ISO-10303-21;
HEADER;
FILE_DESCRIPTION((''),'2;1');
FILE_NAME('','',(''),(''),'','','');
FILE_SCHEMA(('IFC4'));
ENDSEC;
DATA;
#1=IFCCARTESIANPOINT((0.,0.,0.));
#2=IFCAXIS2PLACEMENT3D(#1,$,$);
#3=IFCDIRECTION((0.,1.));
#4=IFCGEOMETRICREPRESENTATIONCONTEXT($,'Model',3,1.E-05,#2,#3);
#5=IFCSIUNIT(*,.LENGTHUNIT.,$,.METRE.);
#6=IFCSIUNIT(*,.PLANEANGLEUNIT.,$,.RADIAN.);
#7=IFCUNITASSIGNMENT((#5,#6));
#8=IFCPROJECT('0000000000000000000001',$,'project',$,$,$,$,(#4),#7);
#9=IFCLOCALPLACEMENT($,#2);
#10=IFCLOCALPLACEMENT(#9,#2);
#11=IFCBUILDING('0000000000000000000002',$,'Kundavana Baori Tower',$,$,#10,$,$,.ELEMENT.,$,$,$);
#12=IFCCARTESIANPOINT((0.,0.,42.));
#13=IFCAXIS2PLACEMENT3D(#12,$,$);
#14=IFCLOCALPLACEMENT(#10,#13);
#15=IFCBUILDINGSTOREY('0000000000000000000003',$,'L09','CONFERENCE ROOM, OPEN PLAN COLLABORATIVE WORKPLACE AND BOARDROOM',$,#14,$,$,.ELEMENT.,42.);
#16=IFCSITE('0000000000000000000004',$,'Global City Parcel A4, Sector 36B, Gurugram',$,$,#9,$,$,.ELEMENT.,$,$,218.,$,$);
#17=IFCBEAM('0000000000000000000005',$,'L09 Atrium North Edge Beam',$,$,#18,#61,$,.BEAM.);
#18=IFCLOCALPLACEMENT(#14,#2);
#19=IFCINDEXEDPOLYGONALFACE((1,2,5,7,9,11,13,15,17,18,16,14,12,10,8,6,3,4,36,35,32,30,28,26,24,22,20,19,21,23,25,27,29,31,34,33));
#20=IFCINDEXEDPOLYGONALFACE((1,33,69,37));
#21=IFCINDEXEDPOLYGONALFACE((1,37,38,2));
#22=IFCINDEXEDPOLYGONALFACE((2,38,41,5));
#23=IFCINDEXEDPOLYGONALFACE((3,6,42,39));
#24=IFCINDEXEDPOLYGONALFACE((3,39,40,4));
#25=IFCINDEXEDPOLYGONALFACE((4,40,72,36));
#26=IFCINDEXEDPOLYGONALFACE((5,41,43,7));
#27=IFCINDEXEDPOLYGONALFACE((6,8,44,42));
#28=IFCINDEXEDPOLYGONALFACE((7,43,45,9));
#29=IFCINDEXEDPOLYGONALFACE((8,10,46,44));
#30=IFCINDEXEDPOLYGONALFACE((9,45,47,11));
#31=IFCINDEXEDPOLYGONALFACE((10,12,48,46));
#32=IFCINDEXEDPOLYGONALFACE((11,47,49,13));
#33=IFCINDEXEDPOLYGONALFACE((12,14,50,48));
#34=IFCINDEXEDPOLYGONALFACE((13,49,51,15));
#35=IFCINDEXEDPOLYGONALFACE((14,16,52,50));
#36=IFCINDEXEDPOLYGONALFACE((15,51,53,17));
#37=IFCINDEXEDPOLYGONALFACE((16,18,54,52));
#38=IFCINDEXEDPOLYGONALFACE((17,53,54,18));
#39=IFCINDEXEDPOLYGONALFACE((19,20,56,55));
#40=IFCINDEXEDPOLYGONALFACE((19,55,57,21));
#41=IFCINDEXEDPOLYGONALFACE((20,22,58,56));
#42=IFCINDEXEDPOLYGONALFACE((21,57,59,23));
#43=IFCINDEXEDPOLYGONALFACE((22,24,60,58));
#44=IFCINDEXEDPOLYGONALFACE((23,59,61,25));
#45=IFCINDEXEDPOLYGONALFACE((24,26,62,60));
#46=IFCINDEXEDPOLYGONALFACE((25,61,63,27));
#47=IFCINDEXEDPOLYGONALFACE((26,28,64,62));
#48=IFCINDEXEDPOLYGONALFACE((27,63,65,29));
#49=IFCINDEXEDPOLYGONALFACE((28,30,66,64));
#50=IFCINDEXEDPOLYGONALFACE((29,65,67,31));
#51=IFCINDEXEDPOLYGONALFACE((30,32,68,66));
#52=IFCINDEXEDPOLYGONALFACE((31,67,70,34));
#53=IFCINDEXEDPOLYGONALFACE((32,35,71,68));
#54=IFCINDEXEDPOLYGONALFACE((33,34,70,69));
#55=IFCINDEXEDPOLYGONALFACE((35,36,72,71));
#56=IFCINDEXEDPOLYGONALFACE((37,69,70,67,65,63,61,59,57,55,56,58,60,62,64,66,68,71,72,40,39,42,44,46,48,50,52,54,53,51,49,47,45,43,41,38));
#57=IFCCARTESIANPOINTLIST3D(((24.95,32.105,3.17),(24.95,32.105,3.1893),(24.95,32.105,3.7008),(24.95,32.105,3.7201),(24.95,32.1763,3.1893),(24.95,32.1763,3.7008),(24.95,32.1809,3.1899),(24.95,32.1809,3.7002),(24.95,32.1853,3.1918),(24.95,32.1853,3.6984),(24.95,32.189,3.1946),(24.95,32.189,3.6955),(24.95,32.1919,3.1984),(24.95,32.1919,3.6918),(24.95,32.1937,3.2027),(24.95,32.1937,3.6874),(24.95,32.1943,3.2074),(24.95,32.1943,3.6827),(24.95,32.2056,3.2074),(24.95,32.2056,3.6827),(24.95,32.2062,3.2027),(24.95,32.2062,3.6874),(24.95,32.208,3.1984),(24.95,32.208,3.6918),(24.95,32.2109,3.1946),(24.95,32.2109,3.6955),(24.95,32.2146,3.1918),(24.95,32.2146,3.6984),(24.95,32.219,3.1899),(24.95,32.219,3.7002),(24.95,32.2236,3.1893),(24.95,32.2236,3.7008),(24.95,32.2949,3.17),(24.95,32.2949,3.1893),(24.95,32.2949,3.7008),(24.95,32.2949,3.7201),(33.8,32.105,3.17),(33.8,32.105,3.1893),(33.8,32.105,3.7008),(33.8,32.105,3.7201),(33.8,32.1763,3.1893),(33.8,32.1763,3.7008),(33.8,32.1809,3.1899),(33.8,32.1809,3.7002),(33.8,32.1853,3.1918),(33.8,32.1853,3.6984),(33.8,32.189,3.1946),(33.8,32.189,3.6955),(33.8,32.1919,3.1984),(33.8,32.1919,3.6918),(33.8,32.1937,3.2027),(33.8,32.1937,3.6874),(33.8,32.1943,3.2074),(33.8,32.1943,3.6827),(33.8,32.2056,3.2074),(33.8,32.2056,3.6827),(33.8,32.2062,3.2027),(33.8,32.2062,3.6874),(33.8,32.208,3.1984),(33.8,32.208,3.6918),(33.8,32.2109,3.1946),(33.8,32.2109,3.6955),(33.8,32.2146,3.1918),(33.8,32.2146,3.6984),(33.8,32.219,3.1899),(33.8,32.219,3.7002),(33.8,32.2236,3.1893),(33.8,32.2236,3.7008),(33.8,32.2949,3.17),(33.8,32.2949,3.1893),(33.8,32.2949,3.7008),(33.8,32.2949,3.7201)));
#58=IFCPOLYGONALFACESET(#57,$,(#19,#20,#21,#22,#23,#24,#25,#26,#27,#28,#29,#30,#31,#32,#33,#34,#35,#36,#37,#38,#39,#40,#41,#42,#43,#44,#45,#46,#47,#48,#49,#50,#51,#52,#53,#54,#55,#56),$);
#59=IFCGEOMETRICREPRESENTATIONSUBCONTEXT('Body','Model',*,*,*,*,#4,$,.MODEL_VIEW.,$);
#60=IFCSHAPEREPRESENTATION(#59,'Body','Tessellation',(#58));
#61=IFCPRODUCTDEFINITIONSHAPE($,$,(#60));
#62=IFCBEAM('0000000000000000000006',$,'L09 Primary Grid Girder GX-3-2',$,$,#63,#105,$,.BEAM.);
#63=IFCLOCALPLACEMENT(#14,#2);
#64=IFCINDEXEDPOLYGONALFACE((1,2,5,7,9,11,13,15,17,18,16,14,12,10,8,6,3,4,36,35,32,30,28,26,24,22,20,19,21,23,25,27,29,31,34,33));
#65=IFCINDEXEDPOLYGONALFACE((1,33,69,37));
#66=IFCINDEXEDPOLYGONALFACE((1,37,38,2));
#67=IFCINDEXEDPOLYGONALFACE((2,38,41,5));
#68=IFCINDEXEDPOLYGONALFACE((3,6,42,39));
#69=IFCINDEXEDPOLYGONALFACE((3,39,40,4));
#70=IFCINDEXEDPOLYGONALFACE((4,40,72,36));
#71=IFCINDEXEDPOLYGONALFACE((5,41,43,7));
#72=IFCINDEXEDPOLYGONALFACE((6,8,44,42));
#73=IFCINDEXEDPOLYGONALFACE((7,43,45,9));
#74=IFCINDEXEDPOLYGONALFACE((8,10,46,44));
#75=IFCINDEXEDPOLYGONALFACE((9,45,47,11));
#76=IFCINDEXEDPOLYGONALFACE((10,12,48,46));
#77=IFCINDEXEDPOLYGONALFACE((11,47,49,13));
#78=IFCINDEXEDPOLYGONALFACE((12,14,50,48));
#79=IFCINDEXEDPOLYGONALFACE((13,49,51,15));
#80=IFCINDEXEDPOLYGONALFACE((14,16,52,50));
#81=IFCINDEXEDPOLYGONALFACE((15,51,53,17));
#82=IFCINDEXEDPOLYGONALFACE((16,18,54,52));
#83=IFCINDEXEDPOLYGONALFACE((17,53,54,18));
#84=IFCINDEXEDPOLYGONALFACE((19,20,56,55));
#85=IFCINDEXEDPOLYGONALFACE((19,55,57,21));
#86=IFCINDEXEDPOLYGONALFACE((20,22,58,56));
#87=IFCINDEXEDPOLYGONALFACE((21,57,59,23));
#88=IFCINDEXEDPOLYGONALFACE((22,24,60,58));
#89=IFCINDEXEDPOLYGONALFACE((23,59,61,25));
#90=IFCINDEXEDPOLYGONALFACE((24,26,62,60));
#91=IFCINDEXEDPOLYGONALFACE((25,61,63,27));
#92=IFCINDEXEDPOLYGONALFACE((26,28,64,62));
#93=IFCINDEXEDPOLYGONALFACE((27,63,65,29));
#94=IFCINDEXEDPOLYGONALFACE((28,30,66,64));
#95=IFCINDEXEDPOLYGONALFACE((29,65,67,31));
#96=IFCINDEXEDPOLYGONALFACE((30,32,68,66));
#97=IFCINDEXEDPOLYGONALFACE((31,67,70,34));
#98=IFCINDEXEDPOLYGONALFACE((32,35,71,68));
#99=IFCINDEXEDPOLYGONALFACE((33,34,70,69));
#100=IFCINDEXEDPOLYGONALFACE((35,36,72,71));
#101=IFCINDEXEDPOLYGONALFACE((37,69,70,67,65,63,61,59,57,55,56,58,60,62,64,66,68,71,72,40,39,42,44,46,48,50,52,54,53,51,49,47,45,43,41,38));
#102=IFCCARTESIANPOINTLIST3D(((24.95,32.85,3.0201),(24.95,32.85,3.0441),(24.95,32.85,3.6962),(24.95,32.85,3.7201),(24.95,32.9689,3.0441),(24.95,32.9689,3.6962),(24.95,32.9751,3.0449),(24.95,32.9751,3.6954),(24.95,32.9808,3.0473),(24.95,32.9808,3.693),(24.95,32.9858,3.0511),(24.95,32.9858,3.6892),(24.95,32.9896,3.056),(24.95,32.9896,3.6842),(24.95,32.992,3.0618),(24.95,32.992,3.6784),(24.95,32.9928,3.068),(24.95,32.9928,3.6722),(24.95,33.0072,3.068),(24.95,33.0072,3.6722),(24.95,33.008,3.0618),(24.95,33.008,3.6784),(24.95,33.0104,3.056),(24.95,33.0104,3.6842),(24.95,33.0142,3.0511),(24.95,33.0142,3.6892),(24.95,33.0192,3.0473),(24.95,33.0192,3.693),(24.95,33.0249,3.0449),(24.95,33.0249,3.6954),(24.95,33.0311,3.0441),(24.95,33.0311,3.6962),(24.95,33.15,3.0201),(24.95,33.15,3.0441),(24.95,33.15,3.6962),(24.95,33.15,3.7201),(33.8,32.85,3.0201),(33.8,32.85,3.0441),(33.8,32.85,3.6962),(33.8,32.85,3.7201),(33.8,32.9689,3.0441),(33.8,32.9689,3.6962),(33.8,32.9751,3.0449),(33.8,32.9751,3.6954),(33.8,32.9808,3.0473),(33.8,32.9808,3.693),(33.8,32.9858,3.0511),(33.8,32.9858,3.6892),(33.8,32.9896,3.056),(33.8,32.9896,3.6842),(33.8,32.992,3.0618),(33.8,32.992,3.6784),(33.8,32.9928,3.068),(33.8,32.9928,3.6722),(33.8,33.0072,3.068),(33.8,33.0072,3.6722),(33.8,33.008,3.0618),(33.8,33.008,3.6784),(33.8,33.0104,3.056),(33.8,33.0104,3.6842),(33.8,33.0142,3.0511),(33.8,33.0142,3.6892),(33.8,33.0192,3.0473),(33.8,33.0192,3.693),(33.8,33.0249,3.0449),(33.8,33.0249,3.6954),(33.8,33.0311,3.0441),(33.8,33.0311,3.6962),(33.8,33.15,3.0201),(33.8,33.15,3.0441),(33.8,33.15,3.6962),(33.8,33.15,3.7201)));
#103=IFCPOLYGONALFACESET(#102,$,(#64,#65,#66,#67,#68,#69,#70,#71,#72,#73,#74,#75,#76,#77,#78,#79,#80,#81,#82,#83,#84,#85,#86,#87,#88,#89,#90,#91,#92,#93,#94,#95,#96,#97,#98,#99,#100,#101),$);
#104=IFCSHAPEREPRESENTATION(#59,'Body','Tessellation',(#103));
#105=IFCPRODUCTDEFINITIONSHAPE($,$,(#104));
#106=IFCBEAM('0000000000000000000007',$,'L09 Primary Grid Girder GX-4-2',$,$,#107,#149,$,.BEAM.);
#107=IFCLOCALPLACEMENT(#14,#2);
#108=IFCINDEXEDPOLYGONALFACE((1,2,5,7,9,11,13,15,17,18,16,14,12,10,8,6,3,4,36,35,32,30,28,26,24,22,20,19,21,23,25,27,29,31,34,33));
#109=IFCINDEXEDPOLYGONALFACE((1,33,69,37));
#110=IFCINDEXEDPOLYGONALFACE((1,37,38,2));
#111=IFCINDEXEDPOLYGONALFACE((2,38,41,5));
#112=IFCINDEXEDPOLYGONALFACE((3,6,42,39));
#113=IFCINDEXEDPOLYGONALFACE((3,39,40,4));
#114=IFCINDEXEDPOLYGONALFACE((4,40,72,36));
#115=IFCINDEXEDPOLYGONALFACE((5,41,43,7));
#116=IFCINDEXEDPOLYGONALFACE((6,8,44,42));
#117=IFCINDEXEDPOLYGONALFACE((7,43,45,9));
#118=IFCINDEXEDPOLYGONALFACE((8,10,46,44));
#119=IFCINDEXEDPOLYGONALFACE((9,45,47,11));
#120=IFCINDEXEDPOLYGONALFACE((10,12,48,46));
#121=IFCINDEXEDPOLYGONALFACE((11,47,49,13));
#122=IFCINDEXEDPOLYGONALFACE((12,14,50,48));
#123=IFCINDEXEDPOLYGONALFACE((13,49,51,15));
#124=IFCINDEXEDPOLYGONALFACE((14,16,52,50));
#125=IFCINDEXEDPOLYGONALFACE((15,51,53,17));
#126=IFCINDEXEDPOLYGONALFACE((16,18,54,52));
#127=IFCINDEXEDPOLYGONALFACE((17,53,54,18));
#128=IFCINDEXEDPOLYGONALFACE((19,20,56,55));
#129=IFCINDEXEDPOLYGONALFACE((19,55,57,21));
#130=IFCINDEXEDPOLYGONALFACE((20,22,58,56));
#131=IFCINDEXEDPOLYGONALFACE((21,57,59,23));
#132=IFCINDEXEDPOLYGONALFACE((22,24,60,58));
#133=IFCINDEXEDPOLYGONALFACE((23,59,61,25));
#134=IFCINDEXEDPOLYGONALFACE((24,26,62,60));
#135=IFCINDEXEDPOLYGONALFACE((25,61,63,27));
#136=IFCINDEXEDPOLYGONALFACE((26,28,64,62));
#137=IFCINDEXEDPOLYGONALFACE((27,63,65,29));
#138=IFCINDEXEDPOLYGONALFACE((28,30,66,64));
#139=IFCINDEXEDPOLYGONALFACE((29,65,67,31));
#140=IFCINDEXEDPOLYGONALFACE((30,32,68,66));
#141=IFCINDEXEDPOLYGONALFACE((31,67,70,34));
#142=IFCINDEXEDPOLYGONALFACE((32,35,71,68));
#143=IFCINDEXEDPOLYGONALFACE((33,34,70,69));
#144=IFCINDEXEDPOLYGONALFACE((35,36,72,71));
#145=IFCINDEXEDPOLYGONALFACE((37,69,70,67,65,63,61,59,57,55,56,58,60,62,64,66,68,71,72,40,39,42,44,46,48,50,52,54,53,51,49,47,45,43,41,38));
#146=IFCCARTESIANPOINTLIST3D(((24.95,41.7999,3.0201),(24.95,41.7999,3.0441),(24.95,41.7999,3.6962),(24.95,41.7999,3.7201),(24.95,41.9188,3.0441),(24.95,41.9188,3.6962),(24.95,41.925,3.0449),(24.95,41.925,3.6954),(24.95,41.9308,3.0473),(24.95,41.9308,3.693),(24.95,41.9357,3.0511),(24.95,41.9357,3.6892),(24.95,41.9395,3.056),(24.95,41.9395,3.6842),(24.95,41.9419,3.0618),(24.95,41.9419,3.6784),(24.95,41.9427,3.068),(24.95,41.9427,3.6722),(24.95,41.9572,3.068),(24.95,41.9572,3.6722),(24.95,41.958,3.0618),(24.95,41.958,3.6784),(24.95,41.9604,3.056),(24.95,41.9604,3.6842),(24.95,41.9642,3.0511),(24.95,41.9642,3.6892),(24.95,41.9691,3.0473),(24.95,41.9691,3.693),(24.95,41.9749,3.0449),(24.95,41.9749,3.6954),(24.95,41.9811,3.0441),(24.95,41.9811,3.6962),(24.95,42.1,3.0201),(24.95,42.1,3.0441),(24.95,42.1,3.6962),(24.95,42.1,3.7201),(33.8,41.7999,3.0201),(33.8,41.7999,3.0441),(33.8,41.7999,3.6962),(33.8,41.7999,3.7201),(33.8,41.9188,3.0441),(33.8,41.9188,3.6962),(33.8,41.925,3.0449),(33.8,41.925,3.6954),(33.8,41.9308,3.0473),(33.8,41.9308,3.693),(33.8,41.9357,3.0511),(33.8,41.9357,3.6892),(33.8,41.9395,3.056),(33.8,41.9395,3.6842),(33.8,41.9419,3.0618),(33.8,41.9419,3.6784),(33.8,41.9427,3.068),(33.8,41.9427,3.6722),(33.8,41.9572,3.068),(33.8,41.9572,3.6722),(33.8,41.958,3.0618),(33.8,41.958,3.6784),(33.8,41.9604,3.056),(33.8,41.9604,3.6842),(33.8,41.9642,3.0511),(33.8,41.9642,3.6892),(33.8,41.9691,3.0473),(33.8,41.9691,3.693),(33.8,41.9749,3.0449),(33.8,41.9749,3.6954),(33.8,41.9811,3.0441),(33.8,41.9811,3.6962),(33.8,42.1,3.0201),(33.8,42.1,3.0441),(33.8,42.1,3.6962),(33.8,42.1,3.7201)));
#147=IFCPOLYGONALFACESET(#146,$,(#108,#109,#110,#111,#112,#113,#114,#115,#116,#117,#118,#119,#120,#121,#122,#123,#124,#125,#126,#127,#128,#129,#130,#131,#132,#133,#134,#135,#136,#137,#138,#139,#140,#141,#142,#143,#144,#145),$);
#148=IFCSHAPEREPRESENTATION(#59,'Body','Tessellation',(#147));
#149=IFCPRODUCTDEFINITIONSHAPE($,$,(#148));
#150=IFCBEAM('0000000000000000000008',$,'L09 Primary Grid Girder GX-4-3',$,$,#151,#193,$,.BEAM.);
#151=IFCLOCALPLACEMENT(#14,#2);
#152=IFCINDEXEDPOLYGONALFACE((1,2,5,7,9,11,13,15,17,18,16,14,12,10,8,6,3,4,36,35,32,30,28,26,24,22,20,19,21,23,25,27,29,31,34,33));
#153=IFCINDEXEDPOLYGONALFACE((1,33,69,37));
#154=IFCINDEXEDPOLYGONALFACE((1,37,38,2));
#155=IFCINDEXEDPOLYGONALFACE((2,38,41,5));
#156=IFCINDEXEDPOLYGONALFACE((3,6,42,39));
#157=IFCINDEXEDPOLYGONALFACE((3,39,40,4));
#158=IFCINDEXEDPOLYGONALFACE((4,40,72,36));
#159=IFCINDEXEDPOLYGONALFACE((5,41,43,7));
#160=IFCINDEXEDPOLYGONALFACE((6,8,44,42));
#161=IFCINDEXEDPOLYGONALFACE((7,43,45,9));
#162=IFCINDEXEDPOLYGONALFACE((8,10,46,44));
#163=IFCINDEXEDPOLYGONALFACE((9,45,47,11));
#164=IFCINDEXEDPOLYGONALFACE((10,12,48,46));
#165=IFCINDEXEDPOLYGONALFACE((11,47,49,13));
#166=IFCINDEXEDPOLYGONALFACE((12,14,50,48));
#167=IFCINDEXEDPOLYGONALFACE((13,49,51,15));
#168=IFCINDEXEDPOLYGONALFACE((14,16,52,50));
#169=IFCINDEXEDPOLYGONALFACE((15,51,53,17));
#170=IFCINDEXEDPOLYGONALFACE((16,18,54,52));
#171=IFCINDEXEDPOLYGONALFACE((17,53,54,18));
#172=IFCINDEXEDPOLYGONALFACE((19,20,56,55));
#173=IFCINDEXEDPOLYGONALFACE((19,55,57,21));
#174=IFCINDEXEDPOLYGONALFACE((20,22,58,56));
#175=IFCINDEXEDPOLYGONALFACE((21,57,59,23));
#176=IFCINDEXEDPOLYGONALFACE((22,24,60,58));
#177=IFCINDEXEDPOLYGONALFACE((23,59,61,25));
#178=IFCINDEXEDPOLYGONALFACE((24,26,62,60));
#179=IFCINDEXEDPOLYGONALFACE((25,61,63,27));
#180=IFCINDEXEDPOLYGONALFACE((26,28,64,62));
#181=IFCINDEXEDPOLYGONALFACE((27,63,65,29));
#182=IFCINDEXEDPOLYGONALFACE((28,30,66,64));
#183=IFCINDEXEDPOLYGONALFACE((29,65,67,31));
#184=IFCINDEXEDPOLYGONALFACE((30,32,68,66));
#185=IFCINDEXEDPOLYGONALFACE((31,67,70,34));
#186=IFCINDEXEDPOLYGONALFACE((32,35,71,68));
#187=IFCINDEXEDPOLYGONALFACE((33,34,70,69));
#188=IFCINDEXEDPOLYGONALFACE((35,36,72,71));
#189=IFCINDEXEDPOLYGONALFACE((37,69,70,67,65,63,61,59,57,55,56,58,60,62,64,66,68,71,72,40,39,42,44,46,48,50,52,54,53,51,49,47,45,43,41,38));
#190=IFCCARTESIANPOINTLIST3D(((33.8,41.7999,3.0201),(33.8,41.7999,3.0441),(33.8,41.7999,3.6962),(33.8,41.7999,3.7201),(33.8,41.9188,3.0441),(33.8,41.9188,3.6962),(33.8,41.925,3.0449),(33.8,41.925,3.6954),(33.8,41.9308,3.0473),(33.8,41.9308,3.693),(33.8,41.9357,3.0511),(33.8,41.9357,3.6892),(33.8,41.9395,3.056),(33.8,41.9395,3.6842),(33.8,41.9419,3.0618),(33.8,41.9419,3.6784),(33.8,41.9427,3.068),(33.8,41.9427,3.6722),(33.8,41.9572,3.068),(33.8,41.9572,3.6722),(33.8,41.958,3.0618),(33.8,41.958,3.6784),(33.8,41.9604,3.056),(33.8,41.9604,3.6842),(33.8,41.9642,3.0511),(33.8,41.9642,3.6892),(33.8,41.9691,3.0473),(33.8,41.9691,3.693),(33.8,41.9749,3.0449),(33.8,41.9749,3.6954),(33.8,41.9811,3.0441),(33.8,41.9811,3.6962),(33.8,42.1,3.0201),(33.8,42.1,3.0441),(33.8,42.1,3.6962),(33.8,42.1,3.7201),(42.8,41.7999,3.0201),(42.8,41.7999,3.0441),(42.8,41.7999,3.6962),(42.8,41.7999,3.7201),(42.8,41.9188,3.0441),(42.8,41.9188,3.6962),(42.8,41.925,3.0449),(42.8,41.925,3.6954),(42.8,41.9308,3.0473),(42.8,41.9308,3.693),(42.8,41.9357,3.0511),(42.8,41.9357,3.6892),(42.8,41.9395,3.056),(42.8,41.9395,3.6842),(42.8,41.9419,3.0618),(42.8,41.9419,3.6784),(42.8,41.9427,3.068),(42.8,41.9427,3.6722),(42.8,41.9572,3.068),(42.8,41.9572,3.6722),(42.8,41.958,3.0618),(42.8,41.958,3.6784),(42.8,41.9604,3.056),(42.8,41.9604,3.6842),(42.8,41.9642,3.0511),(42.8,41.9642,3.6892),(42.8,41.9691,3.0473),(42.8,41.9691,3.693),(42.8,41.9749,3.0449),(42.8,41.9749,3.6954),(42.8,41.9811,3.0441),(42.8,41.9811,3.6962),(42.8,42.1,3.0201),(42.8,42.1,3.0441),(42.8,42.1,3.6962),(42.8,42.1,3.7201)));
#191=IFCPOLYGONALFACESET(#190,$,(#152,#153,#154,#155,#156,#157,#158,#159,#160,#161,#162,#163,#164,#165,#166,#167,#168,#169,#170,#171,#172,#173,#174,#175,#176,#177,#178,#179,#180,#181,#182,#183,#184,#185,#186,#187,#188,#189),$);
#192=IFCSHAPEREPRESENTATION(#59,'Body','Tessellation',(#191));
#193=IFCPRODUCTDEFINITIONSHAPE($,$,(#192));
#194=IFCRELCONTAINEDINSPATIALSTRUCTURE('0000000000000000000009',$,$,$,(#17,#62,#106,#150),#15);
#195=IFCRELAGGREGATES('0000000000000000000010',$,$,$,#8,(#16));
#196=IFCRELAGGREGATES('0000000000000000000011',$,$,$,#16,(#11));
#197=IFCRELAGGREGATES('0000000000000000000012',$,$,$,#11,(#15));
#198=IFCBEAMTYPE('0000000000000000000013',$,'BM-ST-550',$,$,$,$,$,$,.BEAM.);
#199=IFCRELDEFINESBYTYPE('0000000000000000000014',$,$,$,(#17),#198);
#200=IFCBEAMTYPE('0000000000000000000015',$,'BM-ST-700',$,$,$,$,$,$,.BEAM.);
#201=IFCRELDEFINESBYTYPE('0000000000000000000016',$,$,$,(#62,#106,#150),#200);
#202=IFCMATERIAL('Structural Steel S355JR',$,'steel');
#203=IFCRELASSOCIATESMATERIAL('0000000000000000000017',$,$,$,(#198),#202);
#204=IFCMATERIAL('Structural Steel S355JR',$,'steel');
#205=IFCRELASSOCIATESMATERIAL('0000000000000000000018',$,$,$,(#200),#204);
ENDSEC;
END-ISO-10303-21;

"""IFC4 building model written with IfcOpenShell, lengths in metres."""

from ifc_helpers import new_model, si_unit, direction, frame, origin, origin_2d, place, context, subcontext, project, spatial, i_section, extrude, material, material_profile, profile_set, type_object, element, save


model = new_model("IFC4")

# Units and contexts
model_context = context("Model", 3, precision=1e-05, world=origin(), true_north=direction((0.0, 1.0)))
body_context = subcontext(model_context, "Body", "Model", "MODEL_VIEW")
ifc_project = project(units=[si_unit("LENGTHUNIT", "METRE"), si_unit("PLANEANGLEUNIT", "RADIAN")], contexts=[model_context])

# Site, building, storey
site_placement = place(None, origin())
site = spatial("IfcSite", under=ifc_project, at=site_placement, Name="Global City Parcel A4, Sector 36B, Gurugram", CompositionType="ELEMENT", RefElevation=218.0)
building_placement = place(site_placement, origin())
building = spatial("IfcBuilding", under=site, at=building_placement, Name="Kundavana Baori Tower", CompositionType="ELEMENT")
storey_placement = place(building_placement, frame((0.0, 0.0, 42.0)))
storey = spatial("IfcBuildingStorey", under=building, at=storey_placement, Name="L09", Description="CONFERENCE ROOM, OPEN PLAN COLLABORATIVE WORKPLACE AND BOARDROOM", CompositionType="ELEMENT", Elevation=42.0)

# Beams
ifc_material_1 = material(Name="Structural Steel S355JR", Category="steel")
ifc_material_profile_1 = material_profile(ifc_material_1, i_section(OverallWidth=0.1899, OverallDepth=0.55, WebThickness=0.0112, FlangeThickness=0.0193, FilletRadius=0.0181, at=origin_2d()), Name="ISMB 550")
ifc_profile_set_1 = profile_set([ifc_material_profile_1], Name="Structural Steel S355JR")
beam_type_1 = type_object("IfcBeamType", Name="BM-ST-550", PredefinedType="BEAM", material=ifc_profile_set_1)
beam_1_placement = place(storey_placement, frame((24.95, 32.2, 3.4451), z_axis=(1.0, 0.0, 0.0), x_axis=(0.0, 1.0, 0.0)))
element("IfcBeam", 1, at=beam_1_placement, inside=storey, type_object=beam_type_1, Name="L09 Atrium North Edge Beam", PredefinedType="BEAM", context=body_context, shape_type="SweptSolid", body=[
    extrude(i_section(OverallWidth=0.1899, OverallDepth=0.55, WebThickness=0.0112, FlangeThickness=0.0193, FilletRadius=0.0181, at=origin_2d()), origin(), (0.0, 0.0, 1.0), 8.8501),
])
ifc_material_2 = material(Name="Structural Steel S355JR", Category="steel")
ifc_material_profile_2 = material_profile(ifc_material_2, i_section(OverallWidth=0.3, OverallDepth=0.7, WebThickness=0.0144, FlangeThickness=0.0239, FilletRadius=0.0239, at=origin_2d()), Name="NPB 700x300x170")
ifc_profile_set_2 = profile_set([ifc_material_profile_2], Name="Structural Steel S355JR")
beam_type_2 = type_object("IfcBeamType", Name="BM-ST-700", PredefinedType="BEAM", material=ifc_profile_set_2)
for number, where, z_axis, x_axis, name in (
    (2, (24.95, 33.0, 3.3701), (1.0, 0.0, 0.0), (0.0, 1.0, 0.0), "L09 Primary Grid Girder GX-3-2"),
    (3, (24.95, 41.95, 3.3701), (1.0, 0.0, 0.0), (0.0, 1.0, 0.0), "L09 Primary Grid Girder GX-4-2"),
):
    element("IfcBeam", number, at=place(storey_placement, frame(where, z_axis=z_axis, x_axis=x_axis)), inside=storey, type_object=beam_type_2, Name=name, PredefinedType="BEAM", context=body_context, shape_type="SweptSolid", body=[
        extrude(i_section(OverallWidth=0.3, OverallDepth=0.7, WebThickness=0.0144, FlangeThickness=0.0239, FilletRadius=0.0239, at=origin_2d()), origin(), (0.0, 0.0, 1.0), 8.8501),
    ])
beam_2_placement = place(storey_placement, frame((33.8, 41.95, 3.3701), z_axis=(1.0, 0.0, 0.0), x_axis=(0.0, 1.0, 0.0)))
element("IfcBeam", 4, at=beam_2_placement, inside=storey, type_object=beam_type_2, Name="L09 Primary Grid Girder GX-4-3", PredefinedType="BEAM", context=body_context, shape_type="SweptSolid", body=[
    extrude(i_section(OverallWidth=0.3, OverallDepth=0.7, WebThickness=0.0144, FlangeThickness=0.0239, FilletRadius=0.0239, at=origin_2d()), origin(), (0.0, 0.0, 1.0), 9.0),
])

save(model, "model.ifc")
